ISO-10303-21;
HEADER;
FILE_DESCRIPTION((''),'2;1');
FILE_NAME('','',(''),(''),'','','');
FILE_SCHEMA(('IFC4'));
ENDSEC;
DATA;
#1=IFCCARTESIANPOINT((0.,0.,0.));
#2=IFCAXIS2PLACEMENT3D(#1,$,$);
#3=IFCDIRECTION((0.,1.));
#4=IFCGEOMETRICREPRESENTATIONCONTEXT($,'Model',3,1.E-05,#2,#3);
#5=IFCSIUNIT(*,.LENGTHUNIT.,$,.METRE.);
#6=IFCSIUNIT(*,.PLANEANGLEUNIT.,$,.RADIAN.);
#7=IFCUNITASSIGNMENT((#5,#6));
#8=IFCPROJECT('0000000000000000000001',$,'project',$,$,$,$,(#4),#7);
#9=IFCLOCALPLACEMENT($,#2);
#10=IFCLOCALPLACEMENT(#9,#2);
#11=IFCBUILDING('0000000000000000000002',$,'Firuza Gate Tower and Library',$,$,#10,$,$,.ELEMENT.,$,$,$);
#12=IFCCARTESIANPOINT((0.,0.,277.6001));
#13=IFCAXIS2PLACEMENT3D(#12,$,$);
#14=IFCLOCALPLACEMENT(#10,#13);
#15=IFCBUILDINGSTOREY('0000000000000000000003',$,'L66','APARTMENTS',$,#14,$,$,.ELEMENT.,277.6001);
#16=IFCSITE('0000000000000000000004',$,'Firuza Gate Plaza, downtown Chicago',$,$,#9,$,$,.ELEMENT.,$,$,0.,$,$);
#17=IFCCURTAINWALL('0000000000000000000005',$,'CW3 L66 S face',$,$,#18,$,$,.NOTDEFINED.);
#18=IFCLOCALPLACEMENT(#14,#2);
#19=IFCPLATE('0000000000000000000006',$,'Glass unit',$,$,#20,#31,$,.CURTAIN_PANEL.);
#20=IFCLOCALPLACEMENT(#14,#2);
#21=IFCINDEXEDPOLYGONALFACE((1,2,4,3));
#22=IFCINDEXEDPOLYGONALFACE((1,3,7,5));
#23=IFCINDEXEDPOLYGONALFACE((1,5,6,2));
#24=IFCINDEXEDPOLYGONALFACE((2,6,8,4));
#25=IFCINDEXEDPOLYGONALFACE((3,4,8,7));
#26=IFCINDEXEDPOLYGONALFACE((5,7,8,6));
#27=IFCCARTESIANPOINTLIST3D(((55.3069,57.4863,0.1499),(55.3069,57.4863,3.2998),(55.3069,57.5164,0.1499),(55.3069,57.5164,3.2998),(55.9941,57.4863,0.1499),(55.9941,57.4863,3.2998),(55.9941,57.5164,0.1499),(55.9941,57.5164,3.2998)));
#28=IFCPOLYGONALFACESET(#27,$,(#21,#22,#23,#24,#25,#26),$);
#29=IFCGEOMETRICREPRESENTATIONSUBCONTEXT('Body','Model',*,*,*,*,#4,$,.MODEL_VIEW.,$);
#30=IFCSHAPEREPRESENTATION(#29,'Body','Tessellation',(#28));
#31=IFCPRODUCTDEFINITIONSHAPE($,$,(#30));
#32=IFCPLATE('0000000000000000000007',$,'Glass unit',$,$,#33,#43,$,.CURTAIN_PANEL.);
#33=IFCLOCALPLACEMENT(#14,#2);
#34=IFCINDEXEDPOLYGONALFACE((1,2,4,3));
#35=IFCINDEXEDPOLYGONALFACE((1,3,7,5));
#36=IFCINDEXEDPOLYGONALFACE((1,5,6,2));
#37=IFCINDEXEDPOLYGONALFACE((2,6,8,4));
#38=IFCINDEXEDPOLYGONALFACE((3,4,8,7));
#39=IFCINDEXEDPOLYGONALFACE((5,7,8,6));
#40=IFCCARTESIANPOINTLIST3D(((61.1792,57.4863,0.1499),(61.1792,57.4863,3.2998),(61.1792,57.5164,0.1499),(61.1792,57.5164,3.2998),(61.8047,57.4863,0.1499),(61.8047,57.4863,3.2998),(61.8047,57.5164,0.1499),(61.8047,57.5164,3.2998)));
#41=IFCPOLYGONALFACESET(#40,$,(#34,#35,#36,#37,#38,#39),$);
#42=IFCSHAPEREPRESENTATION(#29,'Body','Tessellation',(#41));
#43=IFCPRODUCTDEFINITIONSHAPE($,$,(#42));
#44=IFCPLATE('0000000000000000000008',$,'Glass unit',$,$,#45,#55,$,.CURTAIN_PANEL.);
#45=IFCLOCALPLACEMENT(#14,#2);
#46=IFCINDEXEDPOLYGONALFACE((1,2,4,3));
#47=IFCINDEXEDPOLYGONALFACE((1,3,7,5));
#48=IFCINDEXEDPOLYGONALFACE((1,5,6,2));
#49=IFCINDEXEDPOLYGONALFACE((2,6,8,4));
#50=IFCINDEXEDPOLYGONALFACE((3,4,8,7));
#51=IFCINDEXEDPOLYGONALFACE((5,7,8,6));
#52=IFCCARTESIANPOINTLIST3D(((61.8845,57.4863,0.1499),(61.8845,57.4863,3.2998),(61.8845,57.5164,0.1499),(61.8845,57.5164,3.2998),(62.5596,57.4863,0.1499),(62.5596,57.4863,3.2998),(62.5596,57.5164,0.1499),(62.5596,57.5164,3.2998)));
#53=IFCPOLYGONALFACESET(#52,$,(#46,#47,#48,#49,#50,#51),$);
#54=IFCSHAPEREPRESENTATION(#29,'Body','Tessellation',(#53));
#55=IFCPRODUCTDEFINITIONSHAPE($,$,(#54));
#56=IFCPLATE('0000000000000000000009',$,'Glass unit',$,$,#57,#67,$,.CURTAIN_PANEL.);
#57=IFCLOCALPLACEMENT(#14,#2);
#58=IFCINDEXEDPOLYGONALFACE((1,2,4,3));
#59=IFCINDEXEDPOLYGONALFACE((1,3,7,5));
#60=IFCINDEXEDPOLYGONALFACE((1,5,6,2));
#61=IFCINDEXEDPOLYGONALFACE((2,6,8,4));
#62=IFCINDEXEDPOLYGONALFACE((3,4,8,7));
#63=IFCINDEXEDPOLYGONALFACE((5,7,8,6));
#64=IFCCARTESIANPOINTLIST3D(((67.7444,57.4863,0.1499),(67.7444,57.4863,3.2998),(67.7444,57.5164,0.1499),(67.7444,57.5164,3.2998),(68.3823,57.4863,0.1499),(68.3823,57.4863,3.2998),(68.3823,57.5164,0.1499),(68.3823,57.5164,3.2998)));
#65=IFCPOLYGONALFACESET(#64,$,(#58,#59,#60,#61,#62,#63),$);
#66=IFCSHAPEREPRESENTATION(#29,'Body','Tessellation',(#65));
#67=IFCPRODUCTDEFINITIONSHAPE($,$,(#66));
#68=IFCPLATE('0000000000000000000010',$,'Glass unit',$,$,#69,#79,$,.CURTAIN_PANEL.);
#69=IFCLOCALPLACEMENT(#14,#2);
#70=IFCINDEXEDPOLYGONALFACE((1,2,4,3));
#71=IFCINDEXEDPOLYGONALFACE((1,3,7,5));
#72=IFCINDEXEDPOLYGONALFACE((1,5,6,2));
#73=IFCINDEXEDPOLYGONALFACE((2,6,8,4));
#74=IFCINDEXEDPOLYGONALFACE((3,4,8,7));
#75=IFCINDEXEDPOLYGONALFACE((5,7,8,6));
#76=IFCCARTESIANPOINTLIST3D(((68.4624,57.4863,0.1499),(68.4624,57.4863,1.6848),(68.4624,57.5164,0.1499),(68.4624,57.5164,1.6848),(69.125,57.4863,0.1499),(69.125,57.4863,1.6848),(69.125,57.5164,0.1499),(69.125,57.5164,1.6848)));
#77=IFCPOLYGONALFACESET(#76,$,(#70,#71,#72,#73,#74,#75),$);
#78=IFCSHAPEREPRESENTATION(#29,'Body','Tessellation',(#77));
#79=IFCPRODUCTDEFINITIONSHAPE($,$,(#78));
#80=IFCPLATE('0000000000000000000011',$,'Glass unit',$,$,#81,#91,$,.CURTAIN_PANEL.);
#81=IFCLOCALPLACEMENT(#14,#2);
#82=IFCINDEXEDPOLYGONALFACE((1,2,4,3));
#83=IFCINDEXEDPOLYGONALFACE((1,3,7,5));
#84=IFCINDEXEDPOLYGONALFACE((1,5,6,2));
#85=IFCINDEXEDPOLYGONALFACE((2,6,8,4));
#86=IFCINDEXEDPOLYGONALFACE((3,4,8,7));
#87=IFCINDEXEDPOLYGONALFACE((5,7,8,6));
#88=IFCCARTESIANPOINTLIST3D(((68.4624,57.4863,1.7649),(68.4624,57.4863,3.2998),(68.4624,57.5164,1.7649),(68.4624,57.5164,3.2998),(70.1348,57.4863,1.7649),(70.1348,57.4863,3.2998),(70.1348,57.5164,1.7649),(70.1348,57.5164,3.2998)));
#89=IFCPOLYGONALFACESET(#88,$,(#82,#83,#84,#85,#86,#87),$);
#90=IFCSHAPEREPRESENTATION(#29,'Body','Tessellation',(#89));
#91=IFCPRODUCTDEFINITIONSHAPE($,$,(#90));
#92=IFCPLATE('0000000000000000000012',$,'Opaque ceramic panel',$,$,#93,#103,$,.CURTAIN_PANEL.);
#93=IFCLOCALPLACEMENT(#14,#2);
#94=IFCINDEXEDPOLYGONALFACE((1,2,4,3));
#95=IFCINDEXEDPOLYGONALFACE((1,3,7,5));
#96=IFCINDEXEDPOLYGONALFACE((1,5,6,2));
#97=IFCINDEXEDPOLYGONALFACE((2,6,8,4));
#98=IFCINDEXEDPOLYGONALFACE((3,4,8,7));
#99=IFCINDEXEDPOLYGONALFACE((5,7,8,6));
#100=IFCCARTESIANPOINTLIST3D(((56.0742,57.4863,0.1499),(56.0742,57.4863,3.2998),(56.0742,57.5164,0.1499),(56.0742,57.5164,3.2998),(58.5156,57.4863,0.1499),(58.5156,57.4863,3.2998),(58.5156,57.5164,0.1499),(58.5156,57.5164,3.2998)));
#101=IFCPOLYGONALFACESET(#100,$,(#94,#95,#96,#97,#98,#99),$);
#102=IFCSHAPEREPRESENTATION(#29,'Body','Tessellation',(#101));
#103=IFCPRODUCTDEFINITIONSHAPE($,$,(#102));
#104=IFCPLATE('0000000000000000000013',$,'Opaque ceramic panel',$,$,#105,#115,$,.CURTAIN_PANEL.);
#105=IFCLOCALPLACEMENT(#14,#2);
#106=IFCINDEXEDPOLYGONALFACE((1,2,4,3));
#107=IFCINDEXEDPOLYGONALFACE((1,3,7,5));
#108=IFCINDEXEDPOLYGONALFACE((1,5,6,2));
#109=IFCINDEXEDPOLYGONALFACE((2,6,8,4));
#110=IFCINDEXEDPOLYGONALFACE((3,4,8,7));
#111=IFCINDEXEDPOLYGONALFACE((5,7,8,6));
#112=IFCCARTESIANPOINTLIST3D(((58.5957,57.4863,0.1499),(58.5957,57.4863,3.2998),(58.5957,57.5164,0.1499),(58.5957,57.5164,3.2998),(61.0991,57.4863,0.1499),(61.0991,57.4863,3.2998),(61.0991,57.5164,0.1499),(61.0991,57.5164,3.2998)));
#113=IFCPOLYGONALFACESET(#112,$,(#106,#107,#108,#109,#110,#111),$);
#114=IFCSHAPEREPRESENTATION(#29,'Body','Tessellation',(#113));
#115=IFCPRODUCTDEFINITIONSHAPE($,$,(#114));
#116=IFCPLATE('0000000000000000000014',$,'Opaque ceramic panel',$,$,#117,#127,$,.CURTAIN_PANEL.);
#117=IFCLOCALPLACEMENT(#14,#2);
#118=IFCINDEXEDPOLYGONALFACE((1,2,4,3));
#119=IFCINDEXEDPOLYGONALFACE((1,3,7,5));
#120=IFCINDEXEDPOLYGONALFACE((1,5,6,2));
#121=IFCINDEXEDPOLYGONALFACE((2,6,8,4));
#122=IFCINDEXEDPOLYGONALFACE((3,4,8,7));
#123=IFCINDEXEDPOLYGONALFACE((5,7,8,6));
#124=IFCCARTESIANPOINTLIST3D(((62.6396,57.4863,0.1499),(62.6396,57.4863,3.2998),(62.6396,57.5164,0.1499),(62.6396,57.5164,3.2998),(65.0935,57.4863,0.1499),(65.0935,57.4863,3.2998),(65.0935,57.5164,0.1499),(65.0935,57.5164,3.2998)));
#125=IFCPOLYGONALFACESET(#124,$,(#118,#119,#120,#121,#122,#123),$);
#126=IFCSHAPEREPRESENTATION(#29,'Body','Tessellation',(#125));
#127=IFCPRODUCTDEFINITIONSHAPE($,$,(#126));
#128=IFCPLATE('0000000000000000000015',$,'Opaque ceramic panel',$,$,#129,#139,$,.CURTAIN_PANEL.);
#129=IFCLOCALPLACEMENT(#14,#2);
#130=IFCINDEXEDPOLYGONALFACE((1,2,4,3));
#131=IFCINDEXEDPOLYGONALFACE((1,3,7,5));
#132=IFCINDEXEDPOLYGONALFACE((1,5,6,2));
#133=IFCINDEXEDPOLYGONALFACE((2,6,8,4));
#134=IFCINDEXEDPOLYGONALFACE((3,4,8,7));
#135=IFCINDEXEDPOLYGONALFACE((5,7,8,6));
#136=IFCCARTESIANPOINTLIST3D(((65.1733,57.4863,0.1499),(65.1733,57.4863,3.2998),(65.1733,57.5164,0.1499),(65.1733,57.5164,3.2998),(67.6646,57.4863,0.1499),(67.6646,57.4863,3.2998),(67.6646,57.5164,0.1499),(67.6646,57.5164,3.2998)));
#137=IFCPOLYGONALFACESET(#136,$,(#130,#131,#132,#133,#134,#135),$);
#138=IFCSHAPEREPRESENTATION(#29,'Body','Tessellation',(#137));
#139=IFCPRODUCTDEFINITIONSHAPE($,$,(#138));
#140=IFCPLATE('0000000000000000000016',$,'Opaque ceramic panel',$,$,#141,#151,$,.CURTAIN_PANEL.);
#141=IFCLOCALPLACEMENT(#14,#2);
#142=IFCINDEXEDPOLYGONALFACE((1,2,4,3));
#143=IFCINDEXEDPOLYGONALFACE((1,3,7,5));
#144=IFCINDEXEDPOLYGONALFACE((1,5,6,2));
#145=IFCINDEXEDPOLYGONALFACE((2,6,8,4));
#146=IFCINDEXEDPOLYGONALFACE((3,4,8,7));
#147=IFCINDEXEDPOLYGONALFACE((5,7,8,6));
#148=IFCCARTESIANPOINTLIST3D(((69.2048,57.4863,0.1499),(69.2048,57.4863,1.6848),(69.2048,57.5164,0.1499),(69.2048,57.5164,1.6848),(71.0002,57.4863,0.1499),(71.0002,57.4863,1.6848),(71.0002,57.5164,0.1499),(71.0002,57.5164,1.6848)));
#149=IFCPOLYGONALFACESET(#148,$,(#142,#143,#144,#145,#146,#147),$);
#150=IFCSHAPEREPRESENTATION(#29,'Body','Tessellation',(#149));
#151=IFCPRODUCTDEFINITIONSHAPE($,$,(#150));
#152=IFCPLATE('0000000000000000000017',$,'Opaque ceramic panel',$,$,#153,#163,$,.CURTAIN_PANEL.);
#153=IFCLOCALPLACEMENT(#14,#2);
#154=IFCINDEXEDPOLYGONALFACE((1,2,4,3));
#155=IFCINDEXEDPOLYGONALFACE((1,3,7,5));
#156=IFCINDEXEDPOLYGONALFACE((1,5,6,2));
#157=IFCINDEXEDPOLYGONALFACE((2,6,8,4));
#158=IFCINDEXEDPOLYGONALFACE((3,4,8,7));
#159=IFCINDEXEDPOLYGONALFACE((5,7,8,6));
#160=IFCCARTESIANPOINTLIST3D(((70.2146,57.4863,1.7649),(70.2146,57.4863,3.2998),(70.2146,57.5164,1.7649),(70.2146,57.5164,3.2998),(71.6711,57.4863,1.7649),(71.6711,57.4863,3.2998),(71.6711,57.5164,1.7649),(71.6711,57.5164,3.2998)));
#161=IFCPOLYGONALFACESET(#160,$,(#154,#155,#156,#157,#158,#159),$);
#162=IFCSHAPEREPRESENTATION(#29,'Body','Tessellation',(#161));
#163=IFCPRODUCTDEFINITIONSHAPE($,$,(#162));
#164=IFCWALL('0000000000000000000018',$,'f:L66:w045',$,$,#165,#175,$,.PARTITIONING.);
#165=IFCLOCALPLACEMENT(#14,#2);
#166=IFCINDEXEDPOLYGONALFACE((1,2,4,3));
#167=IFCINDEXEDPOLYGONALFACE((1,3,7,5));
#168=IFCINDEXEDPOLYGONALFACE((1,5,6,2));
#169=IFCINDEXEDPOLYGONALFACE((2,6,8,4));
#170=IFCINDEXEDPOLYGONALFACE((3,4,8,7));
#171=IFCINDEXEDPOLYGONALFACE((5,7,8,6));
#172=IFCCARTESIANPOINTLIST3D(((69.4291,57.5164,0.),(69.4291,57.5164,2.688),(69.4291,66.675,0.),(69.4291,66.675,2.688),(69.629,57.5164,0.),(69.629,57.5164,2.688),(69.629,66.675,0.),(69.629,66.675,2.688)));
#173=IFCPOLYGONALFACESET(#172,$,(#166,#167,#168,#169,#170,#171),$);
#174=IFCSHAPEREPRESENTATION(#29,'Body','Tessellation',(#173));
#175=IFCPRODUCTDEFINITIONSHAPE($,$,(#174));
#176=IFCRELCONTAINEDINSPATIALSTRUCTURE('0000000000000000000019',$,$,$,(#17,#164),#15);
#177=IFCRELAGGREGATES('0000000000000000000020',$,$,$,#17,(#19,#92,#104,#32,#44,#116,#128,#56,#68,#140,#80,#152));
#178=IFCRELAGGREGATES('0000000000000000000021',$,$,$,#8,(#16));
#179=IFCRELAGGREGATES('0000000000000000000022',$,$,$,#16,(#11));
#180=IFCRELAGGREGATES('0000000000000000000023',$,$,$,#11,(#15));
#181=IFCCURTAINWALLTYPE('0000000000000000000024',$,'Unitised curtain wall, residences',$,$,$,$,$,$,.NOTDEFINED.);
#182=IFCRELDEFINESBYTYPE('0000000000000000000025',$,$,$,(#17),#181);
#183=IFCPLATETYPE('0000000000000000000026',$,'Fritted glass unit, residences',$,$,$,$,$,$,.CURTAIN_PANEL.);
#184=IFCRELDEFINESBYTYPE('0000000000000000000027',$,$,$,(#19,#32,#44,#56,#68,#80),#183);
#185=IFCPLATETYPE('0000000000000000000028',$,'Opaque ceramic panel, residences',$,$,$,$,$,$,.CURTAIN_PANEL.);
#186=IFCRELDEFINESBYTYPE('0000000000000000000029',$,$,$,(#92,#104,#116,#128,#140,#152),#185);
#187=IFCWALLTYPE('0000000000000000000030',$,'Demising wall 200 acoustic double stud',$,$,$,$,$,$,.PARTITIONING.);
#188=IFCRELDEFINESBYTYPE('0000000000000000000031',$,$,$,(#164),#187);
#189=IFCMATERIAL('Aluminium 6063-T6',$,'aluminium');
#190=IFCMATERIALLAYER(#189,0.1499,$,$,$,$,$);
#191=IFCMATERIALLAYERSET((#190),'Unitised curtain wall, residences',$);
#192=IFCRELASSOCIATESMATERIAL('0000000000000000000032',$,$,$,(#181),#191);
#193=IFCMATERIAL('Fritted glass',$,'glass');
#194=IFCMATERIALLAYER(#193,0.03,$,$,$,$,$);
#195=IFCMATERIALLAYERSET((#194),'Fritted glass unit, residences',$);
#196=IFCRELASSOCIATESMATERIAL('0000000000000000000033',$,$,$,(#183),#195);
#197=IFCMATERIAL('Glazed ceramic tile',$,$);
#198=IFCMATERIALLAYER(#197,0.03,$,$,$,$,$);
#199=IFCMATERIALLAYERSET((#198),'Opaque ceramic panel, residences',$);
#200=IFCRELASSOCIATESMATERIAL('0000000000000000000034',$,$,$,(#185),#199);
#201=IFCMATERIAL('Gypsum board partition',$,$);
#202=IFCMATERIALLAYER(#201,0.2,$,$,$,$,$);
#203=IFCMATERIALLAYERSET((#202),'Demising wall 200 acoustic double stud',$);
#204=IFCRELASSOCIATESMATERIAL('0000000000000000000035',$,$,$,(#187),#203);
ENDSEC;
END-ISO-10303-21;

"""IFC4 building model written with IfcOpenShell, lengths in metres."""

from ifc_helpers import new_model, si_unit, direction, frame, frame_2d, origin, place, context, subcontext, project, spatial, polyline, rectangle, outline, extrude, material, layer, layer_set, type_object, element, aggregate, save


model = new_model("IFC4")

# Units and contexts
model_context = context("Model", 3, precision=1e-05, world=origin(), true_north=direction((0.0, 1.0)))
body_context = subcontext(model_context, "Body", "Model", "MODEL_VIEW")
ifc_project = project(units=[si_unit("LENGTHUNIT", "METRE"), si_unit("PLANEANGLEUNIT", "RADIAN")], contexts=[model_context])

# Site, building, storey
site_placement = place(None, origin())
site = spatial("IfcSite", under=ifc_project, at=site_placement, Name="Firuza Gate Plaza, downtown Chicago", CompositionType="ELEMENT", RefElevation=0.0)
building_placement = place(site_placement, origin())
building = spatial("IfcBuilding", under=site, at=building_placement, Name="Firuza Gate Tower and Library", CompositionType="ELEMENT")
storey_placement = place(building_placement, frame((0.0, 0.0, 277.6001)))
storey = spatial("IfcBuildingStorey", under=building, at=storey_placement, Name="L66", Description="APARTMENTS", CompositionType="ELEMENT", Elevation=277.6001)

# Curtain wall, plates
ifc_material_1 = material(Name="Aluminium 6063-T6", Category="aluminium")
ifc_layer_1 = layer(ifc_material_1, 0.1499)
ifc_layer_set_1 = layer_set([ifc_layer_1], Name="Unitised curtain wall, residences")
curtain_wall_type = type_object("IfcCurtainWallType", Name="Unitised curtain wall, residences", PredefinedType="NOTDEFINED", material=ifc_layer_set_1)
curtain_wall_placement = place(storey_placement, origin())
curtain_wall = element("IfcCurtainWall", 1, at=curtain_wall_placement, inside=storey, type_object=curtain_wall_type, Name="CW3 L66 S face", PredefinedType="NOTDEFINED")
ifc_material_2 = material(Name="Fritted glass", Category="glass")
ifc_layer_2 = layer(ifc_material_2, 0.03)
ifc_layer_set_2 = layer_set([ifc_layer_2], Name="Fritted glass unit, residences")
plate_type_1 = type_object("IfcPlateType", Name="Fritted glass unit, residences", PredefinedType="CURTAIN_PANEL", material=ifc_layer_set_2)
plate_1_placement = place(storey_placement, frame((55.3069, 57.4863, 0.1499), z_axis=(0.0, -1.0, 0.0), x_axis=(1.0, 0.0, 0.0)))
plate_1 = element("IfcPlate", 2, at=plate_1_placement, type_object=plate_type_1, Name="Glass unit", PredefinedType="CURTAIN_PANEL", context=body_context, shape_type="SweptSolid", body=[
    extrude(outline(polyline([(0.0, 0.0), (0.6873, 0.0), (0.6873, 3.1499), (0.0, 3.1499), (0.0, 0.0)])), origin(), (0.0, 0.0, -1.0), 0.03),
])
plate_2_placement = place(storey_placement, frame((61.1792, 57.4863, 0.1499), z_axis=(0.0, -1.0, 0.0), x_axis=(1.0, 0.0, 0.0)))
plate_2 = element("IfcPlate", 3, at=plate_2_placement, type_object=plate_type_1, Name="Glass unit", PredefinedType="CURTAIN_PANEL", context=body_context, shape_type="SweptSolid", body=[
    extrude(outline(polyline([(0.0, 0.0), (0.6255, 0.0), (0.6255, 3.1499), (0.0, 3.1499), (0.0, 0.0)])), origin(), (0.0, 0.0, -1.0), 0.03),
])
plate_3_placement = place(storey_placement, frame((61.8845, 57.4863, 0.1499), z_axis=(0.0, -1.0, 0.0), x_axis=(1.0, 0.0, 0.0)))
plate_3 = element("IfcPlate", 4, at=plate_3_placement, type_object=plate_type_1, Name="Glass unit", PredefinedType="CURTAIN_PANEL", context=body_context, shape_type="SweptSolid", body=[
    extrude(outline(polyline([(0.0, 0.0), (0.675, 0.0), (0.675, 3.1499), (0.0, 3.1499), (0.0, 0.0)])), origin(), (0.0, 0.0, -1.0), 0.03),
])
plate_4_placement = place(storey_placement, frame((67.7444, 57.4863, 0.1499), z_axis=(0.0, -1.0, 0.0), x_axis=(1.0, 0.0, 0.0)))
plate_4 = element("IfcPlate", 5, at=plate_4_placement, type_object=plate_type_1, Name="Glass unit", PredefinedType="CURTAIN_PANEL", context=body_context, shape_type="SweptSolid", body=[
    extrude(outline(polyline([(0.0, 0.0), (0.6379, 0.0), (0.6379, 3.1499), (0.0, 3.1499), (0.0, 0.0)])), origin(), (0.0, 0.0, -1.0), 0.03),
])
plate_5_placement = place(storey_placement, frame((68.4624, 57.4863, 0.1499), z_axis=(0.0, -1.0, 0.0), x_axis=(1.0, 0.0, 0.0)))
plate_5 = element("IfcPlate", 6, at=plate_5_placement, type_object=plate_type_1, Name="Glass unit", PredefinedType="CURTAIN_PANEL", context=body_context, shape_type="SweptSolid", body=[
    extrude(outline(polyline([(0.0, 0.0), (0.6626, 0.0), (0.6626, 1.5349), (0.0, 1.5349), (0.0, 0.0)])), origin(), (0.0, 0.0, -1.0), 0.03),
])
plate_6_placement = place(storey_placement, frame((68.4624, 57.4863, 1.7649), z_axis=(0.0, -1.0, 0.0), x_axis=(1.0, 0.0, 0.0)))
plate_6 = element("IfcPlate", 7, at=plate_6_placement, type_object=plate_type_1, Name="Glass unit", PredefinedType="CURTAIN_PANEL", context=body_context, shape_type="SweptSolid", body=[
    extrude(outline(polyline([(0.0, 0.0), (1.6724, 0.0), (1.6724, 1.5349), (0.0, 1.5349), (0.0, 0.0)])), origin(), (0.0, 0.0, -1.0), 0.03),
])
ifc_material_3 = material(Name="Glazed ceramic tile")
ifc_layer_3 = layer(ifc_material_3, 0.03)
ifc_layer_set_3 = layer_set([ifc_layer_3], Name="Opaque ceramic panel, residences")
plate_type_2 = type_object("IfcPlateType", Name="Opaque ceramic panel, residences", PredefinedType="CURTAIN_PANEL", material=ifc_layer_set_3)
plate_7_placement = place(storey_placement, frame((56.0742, 57.4863, 0.1499), z_axis=(0.0, -1.0, 0.0), x_axis=(1.0, 0.0, 0.0)))
plate_7 = element("IfcPlate", 8, at=plate_7_placement, type_object=plate_type_2, Name="Opaque ceramic panel", PredefinedType="CURTAIN_PANEL", context=body_context, shape_type="SweptSolid", body=[
    extrude(outline(polyline([(0.0, 0.0), (2.4414, 0.0), (2.4414, 3.1499), (0.0, 3.1499), (0.0, 0.0)])), origin(), (0.0, 0.0, -1.0), 0.03),
])
plate_8_placement = place(storey_placement, frame((58.5957, 57.4863, 0.1499), z_axis=(0.0, -1.0, 0.0), x_axis=(1.0, 0.0, 0.0)))
plate_8 = element("IfcPlate", 9, at=plate_8_placement, type_object=plate_type_2, Name="Opaque ceramic panel", PredefinedType="CURTAIN_PANEL", context=body_context, shape_type="SweptSolid", body=[
    extrude(outline(polyline([(0.0, 0.0), (2.5034, 0.0), (2.5034, 3.1499), (0.0, 3.1499), (0.0, 0.0)])), origin(), (0.0, 0.0, -1.0), 0.03),
])
plate_9_placement = place(storey_placement, frame((62.6396, 57.4863, 0.1499), z_axis=(0.0, -1.0, 0.0), x_axis=(1.0, 0.0, 0.0)))
plate_9 = element("IfcPlate", 10, at=plate_9_placement, type_object=plate_type_2, Name="Opaque ceramic panel", PredefinedType="CURTAIN_PANEL", context=body_context, shape_type="SweptSolid", body=[
    extrude(outline(polyline([(0.0, 0.0), (2.4539, 0.0), (2.4539, 3.1499), (0.0, 3.1499), (0.0, 0.0)])), origin(), (0.0, 0.0, -1.0), 0.03),
])
plate_10_placement = place(storey_placement, frame((65.1733, 57.4863, 0.1499), z_axis=(0.0, -1.0, 0.0), x_axis=(1.0, 0.0, 0.0)))
plate_10 = element("IfcPlate", 11, at=plate_10_placement, type_object=plate_type_2, Name="Opaque ceramic panel", PredefinedType="CURTAIN_PANEL", context=body_context, shape_type="SweptSolid", body=[
    extrude(outline(polyline([(0.0, 0.0), (2.4912, 0.0), (2.4912, 3.1499), (0.0, 3.1499), (0.0, 0.0)])), origin(), (0.0, 0.0, -1.0), 0.03),
])
plate_11_placement = place(storey_placement, frame((69.2048, 57.4863, 0.1499), z_axis=(0.0, -1.0, 0.0), x_axis=(1.0, 0.0, 0.0)))
plate_11 = element("IfcPlate", 12, at=plate_11_placement, type_object=plate_type_2, Name="Opaque ceramic panel", PredefinedType="CURTAIN_PANEL", context=body_context, shape_type="SweptSolid", body=[
    extrude(outline(polyline([(0.0, 0.0), (1.7954, 0.0), (1.7954, 1.5349), (0.0, 1.5349), (0.0, 0.0)])), origin(), (0.0, 0.0, -1.0), 0.03),
])
plate_12_placement = place(storey_placement, frame((70.2146, 57.4863, 1.7649), z_axis=(0.0, -1.0, 0.0), x_axis=(1.0, 0.0, 0.0)))
plate_12 = element("IfcPlate", 13, at=plate_12_placement, type_object=plate_type_2, Name="Opaque ceramic panel", PredefinedType="CURTAIN_PANEL", context=body_context, shape_type="SweptSolid", body=[
    extrude(outline(polyline([(0.0, 0.0), (1.4565, 0.0), (1.4565, 1.5349), (0.0, 1.5349), (0.0, 0.0)])), origin(), (0.0, 0.0, -1.0), 0.03),
])
aggregate(curtain_wall, [plate_1, plate_7, plate_8, plate_2, plate_3, plate_9, plate_10, plate_4, plate_5, plate_11, plate_6, plate_12])

# Wall
ifc_material_4 = material(Name="Gypsum board partition")
ifc_layer_4 = layer(ifc_material_4, 0.2)
ifc_layer_set_4 = layer_set([ifc_layer_4], Name="Demising wall 200 acoustic double stud")
wall_type = type_object("IfcWallType", Name="Demising wall 200 acoustic double stud", PredefinedType="PARTITIONING", material=ifc_layer_set_4)
wall_placement = place(storey_placement, frame((69.5291, 57.5164, 0.0), z_axis=(0.0, 0.0, 1.0), x_axis=(0.0, 1.0, 0.0)))
element("IfcWall", 14, at=wall_placement, inside=storey, type_object=wall_type, Name="f:L66:w045", PredefinedType="PARTITIONING", context=body_context, shape_type="SweptSolid", body=[
    extrude(rectangle(XDim=9.1587, YDim=0.2, at=frame_2d((4.5793, 0.0))), origin(), (0.0, 0.0, 1.0), 2.688),
])

save(model, "model.ifc")
